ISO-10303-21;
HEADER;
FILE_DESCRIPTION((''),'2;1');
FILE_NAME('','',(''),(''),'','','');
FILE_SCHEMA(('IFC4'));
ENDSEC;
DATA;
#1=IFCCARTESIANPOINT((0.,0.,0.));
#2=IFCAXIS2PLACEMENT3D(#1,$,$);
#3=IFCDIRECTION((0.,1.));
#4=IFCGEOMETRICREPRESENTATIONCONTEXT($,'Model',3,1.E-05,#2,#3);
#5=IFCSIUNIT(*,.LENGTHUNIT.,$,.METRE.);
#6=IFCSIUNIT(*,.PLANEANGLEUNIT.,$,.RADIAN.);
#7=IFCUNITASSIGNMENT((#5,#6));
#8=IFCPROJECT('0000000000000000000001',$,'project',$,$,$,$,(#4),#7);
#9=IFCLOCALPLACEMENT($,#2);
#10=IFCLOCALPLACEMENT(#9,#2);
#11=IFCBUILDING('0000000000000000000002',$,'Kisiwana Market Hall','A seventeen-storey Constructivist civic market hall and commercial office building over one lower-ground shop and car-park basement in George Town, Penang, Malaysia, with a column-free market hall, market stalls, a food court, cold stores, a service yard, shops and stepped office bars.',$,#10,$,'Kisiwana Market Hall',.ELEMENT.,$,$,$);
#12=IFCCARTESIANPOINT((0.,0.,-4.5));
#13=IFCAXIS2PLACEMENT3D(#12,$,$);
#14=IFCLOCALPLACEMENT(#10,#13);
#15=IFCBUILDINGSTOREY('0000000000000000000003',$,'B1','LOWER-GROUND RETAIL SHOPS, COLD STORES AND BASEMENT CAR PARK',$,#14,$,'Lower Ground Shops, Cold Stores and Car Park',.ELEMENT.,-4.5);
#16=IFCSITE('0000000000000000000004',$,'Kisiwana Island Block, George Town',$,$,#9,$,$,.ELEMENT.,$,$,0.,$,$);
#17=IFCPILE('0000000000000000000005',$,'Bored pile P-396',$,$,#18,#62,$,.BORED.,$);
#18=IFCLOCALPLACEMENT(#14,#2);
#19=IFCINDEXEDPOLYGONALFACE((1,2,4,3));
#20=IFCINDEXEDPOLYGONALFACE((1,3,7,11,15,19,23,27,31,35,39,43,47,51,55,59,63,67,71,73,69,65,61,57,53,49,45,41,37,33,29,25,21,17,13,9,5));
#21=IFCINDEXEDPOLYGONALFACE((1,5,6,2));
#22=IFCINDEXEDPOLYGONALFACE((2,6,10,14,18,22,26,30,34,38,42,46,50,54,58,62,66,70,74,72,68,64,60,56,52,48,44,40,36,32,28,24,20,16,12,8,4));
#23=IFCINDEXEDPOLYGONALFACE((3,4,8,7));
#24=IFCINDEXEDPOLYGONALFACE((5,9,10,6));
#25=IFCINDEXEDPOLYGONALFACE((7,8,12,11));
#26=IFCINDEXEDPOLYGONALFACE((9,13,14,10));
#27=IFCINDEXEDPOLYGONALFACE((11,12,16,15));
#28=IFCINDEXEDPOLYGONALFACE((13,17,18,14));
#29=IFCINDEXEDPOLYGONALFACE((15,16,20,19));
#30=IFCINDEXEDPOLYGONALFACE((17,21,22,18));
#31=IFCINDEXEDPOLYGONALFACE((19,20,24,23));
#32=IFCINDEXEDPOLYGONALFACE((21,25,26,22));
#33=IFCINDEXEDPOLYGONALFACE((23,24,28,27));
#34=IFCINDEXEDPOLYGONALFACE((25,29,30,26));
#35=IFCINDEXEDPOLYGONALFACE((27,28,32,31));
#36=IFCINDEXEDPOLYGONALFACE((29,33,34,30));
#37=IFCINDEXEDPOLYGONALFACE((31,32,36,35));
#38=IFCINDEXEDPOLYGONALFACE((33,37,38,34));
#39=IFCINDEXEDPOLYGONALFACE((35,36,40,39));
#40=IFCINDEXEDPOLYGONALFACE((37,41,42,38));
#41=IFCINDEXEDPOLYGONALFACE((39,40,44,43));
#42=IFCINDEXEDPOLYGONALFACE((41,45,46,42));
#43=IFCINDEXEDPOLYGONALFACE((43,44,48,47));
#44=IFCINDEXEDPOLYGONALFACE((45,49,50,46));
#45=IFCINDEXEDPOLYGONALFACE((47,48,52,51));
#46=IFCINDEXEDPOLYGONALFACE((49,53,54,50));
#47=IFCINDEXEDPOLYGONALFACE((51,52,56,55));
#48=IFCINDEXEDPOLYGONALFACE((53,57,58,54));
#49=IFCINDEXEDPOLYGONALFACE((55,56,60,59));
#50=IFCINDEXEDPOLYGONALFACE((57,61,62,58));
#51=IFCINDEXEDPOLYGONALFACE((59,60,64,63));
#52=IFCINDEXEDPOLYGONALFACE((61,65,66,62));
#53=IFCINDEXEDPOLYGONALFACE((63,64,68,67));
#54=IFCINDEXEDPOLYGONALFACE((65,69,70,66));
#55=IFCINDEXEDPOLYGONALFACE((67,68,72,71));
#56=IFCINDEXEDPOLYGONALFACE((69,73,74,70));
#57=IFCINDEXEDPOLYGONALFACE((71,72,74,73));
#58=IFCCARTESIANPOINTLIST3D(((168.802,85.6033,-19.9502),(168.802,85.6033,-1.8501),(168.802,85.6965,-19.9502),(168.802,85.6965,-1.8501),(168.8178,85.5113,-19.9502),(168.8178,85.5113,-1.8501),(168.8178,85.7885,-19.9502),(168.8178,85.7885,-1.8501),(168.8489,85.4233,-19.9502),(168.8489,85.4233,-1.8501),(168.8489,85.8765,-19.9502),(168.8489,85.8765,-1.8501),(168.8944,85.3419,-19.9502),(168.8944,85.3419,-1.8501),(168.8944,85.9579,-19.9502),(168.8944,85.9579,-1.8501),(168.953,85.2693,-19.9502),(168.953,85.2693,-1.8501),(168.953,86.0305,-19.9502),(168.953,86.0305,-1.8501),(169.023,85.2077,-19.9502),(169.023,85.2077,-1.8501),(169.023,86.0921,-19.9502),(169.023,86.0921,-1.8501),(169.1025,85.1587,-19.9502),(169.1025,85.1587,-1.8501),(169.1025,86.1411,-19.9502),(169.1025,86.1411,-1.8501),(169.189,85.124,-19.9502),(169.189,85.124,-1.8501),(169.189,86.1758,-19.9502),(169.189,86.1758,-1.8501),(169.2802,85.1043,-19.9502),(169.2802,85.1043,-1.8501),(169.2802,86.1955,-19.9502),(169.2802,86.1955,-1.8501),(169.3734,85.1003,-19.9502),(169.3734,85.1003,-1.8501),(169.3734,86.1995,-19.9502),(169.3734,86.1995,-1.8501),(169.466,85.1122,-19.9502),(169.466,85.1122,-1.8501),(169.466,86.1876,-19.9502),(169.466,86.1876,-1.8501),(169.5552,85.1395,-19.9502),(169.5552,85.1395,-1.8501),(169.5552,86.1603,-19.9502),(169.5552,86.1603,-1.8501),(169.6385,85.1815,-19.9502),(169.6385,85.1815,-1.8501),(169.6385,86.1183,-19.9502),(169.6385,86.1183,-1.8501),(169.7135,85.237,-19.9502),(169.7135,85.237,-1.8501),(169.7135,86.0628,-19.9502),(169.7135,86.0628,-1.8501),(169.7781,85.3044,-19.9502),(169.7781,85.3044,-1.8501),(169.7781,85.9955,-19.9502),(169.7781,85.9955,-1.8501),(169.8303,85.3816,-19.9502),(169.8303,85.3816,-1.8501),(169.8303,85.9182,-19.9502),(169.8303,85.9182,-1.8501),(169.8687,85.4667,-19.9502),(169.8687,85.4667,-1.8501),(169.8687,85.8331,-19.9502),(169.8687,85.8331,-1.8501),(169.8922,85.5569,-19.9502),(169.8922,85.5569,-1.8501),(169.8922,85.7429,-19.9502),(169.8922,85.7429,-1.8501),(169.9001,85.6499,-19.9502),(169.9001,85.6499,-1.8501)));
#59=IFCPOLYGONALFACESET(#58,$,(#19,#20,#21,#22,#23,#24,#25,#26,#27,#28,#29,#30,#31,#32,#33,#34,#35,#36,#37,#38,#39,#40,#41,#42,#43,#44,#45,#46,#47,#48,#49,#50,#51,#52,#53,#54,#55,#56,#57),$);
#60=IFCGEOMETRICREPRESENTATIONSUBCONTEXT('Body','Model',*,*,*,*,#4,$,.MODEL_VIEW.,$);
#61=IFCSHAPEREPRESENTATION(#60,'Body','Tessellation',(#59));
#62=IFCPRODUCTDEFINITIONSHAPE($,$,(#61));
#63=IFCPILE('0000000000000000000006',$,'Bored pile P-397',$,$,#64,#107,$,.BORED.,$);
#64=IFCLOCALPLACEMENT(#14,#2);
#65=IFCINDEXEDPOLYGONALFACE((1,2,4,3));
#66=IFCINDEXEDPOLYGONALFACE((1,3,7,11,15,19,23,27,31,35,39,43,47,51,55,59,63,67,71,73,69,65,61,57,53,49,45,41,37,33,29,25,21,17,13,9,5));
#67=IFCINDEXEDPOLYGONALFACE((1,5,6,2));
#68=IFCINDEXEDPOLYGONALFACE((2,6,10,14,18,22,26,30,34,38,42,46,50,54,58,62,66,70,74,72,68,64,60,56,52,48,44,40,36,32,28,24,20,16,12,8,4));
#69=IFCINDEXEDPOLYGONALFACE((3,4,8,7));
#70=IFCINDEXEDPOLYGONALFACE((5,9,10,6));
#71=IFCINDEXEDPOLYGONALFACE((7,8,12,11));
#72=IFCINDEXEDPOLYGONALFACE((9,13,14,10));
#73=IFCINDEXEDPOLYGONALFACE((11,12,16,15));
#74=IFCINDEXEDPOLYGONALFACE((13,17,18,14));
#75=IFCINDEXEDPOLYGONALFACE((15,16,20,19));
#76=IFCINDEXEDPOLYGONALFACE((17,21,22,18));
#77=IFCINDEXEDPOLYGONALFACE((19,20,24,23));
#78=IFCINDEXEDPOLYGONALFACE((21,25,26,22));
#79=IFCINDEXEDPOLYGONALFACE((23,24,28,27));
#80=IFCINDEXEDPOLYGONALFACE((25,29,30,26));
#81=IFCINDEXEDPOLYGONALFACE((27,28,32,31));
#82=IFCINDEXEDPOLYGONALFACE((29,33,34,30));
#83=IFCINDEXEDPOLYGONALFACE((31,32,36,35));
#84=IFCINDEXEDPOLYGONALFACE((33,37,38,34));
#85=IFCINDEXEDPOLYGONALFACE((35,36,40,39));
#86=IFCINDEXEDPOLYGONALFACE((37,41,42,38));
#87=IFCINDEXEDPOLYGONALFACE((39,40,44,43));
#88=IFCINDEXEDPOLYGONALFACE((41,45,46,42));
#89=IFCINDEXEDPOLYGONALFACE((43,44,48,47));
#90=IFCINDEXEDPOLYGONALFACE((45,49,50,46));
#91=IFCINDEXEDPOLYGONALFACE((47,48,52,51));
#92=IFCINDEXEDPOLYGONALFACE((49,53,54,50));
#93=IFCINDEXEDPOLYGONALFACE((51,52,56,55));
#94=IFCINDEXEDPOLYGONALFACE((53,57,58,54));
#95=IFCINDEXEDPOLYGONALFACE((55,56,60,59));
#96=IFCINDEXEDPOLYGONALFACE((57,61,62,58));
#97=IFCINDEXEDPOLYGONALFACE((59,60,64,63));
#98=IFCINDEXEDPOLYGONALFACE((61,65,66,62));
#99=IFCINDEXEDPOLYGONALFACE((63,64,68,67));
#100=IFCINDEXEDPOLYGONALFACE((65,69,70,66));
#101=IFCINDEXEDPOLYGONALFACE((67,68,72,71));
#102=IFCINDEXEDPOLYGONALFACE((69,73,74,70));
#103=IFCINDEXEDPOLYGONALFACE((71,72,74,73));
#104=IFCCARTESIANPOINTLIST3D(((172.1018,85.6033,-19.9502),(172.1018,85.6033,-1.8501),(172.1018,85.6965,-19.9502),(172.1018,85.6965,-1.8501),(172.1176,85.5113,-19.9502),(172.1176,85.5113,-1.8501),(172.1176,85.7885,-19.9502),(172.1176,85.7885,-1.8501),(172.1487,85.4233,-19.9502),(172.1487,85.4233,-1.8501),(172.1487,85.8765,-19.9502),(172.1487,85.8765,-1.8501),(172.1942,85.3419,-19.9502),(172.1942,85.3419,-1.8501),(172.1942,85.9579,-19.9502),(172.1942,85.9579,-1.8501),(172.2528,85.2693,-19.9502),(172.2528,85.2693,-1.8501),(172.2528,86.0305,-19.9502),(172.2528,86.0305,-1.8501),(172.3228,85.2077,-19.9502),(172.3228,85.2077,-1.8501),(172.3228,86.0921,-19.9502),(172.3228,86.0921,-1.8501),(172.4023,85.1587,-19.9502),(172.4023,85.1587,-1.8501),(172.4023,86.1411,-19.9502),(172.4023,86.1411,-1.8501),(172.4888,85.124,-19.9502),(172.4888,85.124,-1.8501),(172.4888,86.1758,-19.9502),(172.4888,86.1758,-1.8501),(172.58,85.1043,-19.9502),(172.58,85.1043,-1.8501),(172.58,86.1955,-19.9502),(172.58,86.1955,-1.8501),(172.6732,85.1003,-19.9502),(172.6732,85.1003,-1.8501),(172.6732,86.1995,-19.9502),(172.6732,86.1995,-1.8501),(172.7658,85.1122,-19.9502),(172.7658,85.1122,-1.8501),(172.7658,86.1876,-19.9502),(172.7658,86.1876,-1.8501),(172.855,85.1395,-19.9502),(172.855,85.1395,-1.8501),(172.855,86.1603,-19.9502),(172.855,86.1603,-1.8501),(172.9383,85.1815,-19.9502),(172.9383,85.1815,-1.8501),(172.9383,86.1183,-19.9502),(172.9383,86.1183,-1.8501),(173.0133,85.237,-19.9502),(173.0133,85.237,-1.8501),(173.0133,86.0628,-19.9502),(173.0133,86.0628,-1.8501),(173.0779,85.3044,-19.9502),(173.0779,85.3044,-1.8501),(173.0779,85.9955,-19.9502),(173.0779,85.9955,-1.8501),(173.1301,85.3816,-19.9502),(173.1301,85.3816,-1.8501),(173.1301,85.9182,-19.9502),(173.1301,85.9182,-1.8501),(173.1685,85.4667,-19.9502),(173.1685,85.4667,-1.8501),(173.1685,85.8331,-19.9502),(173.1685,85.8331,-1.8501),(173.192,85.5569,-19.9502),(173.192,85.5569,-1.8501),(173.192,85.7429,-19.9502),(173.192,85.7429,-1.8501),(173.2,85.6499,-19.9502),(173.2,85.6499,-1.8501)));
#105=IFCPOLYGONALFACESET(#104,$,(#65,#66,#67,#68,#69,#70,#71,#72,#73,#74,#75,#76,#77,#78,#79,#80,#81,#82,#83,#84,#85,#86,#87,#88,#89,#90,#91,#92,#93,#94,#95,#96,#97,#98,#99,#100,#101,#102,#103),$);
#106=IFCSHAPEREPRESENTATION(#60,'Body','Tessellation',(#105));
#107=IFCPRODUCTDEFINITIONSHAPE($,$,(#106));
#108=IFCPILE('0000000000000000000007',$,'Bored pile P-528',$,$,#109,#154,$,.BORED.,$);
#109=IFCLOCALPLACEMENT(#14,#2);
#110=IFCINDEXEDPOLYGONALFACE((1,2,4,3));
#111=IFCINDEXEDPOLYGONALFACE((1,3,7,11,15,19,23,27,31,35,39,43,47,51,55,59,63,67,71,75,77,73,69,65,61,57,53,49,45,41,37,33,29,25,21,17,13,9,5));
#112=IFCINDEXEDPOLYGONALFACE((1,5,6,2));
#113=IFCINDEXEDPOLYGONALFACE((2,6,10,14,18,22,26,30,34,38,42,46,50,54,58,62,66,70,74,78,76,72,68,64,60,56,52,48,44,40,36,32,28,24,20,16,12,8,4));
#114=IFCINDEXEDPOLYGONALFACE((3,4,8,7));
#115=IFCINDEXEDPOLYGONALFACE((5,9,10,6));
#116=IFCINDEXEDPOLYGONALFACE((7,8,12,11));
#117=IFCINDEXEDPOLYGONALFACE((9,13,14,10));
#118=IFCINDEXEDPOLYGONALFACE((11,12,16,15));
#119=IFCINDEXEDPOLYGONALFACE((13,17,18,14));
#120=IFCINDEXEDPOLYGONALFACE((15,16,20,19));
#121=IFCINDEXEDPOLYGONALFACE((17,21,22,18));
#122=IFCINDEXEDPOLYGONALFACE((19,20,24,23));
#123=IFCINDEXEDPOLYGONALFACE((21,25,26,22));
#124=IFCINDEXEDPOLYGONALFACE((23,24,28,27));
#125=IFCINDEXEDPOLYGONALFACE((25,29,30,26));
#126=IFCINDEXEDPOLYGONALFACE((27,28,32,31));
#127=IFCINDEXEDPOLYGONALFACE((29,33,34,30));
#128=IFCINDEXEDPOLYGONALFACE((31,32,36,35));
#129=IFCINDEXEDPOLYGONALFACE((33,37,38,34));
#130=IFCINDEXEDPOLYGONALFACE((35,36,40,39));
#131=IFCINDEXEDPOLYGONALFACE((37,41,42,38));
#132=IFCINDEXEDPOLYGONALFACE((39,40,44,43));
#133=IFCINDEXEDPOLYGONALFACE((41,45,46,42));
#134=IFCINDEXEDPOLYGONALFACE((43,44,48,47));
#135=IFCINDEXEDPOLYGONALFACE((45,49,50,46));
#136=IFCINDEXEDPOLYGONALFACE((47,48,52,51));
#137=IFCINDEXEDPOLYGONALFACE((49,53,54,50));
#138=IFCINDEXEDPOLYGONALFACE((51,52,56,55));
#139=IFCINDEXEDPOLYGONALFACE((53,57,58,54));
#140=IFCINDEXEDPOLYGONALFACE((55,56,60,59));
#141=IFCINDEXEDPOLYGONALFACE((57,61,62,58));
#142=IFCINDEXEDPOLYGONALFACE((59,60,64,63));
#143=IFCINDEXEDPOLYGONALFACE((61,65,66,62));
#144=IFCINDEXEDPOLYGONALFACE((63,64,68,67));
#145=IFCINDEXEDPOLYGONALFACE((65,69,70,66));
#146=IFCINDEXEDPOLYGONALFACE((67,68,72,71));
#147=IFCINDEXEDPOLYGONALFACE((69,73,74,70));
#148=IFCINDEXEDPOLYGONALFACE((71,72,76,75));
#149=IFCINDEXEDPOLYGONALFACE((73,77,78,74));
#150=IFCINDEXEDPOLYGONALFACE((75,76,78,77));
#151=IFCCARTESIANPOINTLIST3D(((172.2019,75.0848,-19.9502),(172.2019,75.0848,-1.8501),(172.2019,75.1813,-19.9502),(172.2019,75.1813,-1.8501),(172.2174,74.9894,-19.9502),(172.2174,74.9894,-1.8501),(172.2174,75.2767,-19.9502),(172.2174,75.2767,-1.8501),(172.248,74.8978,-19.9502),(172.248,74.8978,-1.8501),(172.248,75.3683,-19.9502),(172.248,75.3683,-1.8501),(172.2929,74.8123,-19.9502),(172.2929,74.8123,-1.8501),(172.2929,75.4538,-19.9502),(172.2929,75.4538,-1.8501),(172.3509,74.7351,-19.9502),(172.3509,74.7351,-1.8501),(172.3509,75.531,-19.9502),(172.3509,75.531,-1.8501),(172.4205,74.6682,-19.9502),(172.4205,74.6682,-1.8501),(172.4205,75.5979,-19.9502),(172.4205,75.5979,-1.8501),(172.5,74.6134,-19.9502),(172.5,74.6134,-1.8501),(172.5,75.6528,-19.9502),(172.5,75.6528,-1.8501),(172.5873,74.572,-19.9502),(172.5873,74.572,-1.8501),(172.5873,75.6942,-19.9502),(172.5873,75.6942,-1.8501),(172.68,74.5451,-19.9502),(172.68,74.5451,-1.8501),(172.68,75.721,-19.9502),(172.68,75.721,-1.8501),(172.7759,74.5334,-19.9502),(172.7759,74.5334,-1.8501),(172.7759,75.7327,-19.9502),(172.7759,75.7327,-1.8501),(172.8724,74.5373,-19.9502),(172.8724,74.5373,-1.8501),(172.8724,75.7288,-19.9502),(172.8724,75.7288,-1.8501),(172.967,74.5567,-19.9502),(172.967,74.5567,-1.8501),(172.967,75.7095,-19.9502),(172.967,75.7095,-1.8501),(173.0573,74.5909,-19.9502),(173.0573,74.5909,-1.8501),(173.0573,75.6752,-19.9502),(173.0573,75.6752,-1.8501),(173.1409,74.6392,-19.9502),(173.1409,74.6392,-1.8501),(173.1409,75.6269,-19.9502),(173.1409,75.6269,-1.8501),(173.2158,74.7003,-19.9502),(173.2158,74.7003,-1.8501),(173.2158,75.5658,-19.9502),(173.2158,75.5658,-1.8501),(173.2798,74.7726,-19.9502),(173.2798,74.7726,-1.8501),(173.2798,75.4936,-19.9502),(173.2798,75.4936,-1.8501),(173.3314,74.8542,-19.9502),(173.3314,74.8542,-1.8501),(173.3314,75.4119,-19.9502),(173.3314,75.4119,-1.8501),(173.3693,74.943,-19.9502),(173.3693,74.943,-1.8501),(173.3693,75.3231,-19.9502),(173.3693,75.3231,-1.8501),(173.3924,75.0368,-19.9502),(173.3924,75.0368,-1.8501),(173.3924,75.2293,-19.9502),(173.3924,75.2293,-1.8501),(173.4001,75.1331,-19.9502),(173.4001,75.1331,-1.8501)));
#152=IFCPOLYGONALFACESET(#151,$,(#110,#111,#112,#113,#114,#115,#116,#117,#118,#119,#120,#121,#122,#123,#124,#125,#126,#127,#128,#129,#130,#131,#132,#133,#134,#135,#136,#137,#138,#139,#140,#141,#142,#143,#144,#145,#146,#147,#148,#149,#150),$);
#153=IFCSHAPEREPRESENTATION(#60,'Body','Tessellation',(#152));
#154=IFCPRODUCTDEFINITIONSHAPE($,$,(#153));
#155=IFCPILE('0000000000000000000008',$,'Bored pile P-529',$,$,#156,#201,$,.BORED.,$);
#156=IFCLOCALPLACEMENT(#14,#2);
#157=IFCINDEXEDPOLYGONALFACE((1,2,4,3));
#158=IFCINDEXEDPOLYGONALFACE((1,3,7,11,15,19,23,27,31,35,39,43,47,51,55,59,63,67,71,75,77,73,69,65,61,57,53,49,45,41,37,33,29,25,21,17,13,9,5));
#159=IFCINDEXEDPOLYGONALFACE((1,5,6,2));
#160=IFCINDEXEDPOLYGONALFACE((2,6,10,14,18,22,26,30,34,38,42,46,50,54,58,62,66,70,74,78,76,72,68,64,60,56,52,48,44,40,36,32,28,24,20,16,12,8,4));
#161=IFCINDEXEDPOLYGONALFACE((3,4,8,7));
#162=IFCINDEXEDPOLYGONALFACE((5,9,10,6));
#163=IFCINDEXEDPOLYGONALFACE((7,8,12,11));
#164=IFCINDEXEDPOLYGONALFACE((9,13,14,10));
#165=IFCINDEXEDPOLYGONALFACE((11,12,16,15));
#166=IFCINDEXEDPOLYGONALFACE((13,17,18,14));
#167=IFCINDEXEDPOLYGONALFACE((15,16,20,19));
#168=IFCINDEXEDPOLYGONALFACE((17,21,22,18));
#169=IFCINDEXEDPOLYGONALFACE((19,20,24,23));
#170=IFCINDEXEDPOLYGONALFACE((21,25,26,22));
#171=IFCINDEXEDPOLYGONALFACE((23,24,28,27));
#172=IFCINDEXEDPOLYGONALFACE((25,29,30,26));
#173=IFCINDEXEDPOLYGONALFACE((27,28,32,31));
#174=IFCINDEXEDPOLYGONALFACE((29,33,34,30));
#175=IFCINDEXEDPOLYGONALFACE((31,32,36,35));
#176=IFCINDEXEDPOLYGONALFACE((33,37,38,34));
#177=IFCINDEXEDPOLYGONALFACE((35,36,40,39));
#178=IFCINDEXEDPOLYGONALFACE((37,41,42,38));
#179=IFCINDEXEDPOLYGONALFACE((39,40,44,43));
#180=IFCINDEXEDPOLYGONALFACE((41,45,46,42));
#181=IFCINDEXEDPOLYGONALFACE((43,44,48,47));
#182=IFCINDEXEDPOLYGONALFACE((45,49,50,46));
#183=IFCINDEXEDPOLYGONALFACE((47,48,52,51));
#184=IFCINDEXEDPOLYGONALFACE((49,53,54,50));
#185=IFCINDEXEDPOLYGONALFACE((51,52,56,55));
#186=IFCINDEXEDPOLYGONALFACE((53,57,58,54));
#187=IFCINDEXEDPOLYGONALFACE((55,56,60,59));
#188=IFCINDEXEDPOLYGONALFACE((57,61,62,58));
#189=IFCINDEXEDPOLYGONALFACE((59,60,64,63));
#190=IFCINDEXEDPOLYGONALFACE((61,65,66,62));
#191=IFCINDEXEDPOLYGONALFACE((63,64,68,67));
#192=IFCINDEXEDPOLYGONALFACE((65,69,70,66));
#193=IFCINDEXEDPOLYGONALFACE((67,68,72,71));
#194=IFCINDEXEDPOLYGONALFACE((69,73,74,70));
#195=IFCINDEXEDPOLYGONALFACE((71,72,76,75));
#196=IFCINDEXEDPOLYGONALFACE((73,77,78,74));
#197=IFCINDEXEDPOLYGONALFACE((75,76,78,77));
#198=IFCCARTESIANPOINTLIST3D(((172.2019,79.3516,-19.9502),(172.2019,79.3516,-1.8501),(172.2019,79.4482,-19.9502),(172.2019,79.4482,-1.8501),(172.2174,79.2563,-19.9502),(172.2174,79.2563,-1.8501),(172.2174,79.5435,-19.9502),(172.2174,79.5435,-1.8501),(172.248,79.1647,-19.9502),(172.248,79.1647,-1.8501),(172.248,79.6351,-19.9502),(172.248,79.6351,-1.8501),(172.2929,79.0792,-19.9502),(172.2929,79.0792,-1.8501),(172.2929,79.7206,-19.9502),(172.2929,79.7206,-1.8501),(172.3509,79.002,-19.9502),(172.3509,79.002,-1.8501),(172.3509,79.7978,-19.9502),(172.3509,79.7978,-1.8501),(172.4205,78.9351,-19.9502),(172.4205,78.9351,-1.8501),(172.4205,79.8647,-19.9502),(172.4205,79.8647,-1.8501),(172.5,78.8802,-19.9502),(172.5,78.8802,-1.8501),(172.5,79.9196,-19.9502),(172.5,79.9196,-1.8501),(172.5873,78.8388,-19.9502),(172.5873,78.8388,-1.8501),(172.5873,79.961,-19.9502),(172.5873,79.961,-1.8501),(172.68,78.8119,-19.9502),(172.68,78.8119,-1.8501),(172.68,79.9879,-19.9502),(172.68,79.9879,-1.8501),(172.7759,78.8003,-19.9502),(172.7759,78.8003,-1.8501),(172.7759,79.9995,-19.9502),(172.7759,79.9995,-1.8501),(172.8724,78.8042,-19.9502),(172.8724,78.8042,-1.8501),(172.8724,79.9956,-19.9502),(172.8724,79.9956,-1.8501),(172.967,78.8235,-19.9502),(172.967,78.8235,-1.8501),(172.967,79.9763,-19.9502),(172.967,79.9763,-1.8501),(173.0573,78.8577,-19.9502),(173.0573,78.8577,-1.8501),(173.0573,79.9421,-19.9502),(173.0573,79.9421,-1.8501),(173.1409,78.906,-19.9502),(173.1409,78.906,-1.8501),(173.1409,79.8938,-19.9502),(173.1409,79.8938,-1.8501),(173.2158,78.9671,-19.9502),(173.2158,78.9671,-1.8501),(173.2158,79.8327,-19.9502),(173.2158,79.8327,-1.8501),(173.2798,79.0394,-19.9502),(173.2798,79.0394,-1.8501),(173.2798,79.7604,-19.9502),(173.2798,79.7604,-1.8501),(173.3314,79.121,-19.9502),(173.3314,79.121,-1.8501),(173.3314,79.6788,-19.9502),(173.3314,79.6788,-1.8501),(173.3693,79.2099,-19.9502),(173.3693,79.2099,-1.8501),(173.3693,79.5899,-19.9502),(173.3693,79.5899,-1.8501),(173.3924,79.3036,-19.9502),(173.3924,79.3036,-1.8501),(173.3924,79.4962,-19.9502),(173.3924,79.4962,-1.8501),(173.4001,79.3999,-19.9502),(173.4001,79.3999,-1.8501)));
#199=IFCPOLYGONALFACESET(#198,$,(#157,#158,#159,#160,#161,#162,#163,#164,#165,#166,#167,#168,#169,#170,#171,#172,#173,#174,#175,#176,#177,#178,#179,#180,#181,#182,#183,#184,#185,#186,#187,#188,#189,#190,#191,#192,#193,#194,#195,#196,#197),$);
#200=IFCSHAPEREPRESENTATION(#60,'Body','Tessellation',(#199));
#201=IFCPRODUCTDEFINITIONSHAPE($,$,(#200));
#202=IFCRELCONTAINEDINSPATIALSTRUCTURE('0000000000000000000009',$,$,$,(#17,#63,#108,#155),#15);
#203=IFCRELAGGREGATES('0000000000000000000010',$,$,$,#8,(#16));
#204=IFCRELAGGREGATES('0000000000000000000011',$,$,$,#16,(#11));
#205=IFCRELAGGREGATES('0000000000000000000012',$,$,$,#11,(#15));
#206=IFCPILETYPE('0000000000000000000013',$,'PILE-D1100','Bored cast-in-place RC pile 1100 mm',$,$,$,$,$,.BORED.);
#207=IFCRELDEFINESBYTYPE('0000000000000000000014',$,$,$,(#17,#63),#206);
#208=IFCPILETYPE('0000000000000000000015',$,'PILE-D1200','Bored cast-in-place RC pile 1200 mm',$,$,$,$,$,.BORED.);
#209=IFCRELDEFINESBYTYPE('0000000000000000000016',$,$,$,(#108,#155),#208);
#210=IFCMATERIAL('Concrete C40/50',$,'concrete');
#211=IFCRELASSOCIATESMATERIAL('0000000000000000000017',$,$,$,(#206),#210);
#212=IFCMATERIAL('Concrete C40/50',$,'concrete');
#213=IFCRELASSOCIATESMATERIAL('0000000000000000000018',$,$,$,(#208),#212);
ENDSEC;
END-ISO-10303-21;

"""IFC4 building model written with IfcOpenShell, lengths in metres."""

from ifc_helpers import new_model, si_unit, direction, frame, origin, origin_2d, place, context, subcontext, project, spatial, circle, extrude, material, material_profile, profile_set, type_object, element, save


model = new_model("IFC4")

# Units and contexts
model_context = context("Model", 3, precision=1e-05, world=origin(), true_north=direction((0.0, 1.0)))
body_context = subcontext(model_context, "Body", "Model", "MODEL_VIEW")
ifc_project = project(units=[si_unit("LENGTHUNIT", "METRE"), si_unit("PLANEANGLEUNIT", "RADIAN")], contexts=[model_context])

# Site, building, storey
site_placement = place(None, origin())
site = spatial("IfcSite", under=ifc_project, at=site_placement, Name="Kisiwana Island Block, George Town", CompositionType="ELEMENT", RefElevation=0.0)
building_placement = place(site_placement, origin())
building = spatial("IfcBuilding", under=site, at=building_placement, Name="Kisiwana Market Hall", Description="A seventeen-storey Constructivist civic market hall and commercial office building over one lower-ground shop and car-park basement in George Town, Penang, Malaysia, with a column-free market hall, market stalls, a food court, cold stores, a service yard, shops and stepped office bars.", LongName="Kisiwana Market Hall", CompositionType="ELEMENT")
storey_placement = place(building_placement, frame((0.0, 0.0, -4.5)))
storey = spatial("IfcBuildingStorey", under=building, at=storey_placement, Name="B1", Description="LOWER-GROUND RETAIL SHOPS, COLD STORES AND BASEMENT CAR PARK", LongName="Lower Ground Shops, Cold Stores and Car Park", CompositionType="ELEMENT", Elevation=-4.5)

# Piles
ifc_material_1 = material(Name="Concrete C40/50", Category="concrete")
ifc_material_profile_1 = material_profile(ifc_material_1, circle(Radius=0.55, at=origin_2d()), Name="BP D1100")
ifc_profile_set_1 = profile_set([ifc_material_profile_1], Name="Concrete C40/50")
pile_type_1 = type_object("IfcPileType", Name="PILE-D1100", Description="Bored cast-in-place RC pile 1100 mm", PredefinedType="BORED", material=ifc_profile_set_1)
for number, where, z_axis, x_axis, name in (
    (1, (169.3501, 85.6499, -1.8501), (0.0, 0.0, -1.0), (1.0, 0.0, 0.0), "Bored pile P-396"),
    (2, (172.6499, 85.6499, -1.8501), (0.0, 0.0, -1.0), (1.0, 0.0, 0.0), "Bored pile P-397"),
):
    element("IfcPile", number, at=place(storey_placement, frame(where, z_axis=z_axis, x_axis=x_axis)), inside=storey, type_object=pile_type_1, Name=name, PredefinedType="BORED", context=body_context, shape_type="SweptSolid", body=[
        extrude(circle(Radius=0.55, at=origin_2d()), origin(), (0.0, 0.0, 1.0), 18.1001),
    ])
ifc_material_2 = material(Name="Concrete C40/50", Category="concrete")
ifc_material_profile_2 = material_profile(ifc_material_2, circle(Radius=0.6001, at=origin_2d()), Name="BP D1200")
ifc_profile_set_2 = profile_set([ifc_material_profile_2], Name="Concrete C40/50")
pile_type_2 = type_object("IfcPileType", Name="PILE-D1200", Description="Bored cast-in-place RC pile 1200 mm", PredefinedType="BORED", material=ifc_profile_set_2)
for number, where, z_axis, x_axis, name in (
    (3, (172.8, 75.1331, -1.8501), (0.0, 0.0, -1.0), (1.0, 0.0, 0.0), "Bored pile P-528"),
    (4, (172.8, 79.3999, -1.8501), (0.0, 0.0, -1.0), (1.0, 0.0, 0.0), "Bored pile P-529"),
):
    element("IfcPile", number, at=place(storey_placement, frame(where, z_axis=z_axis, x_axis=x_axis)), inside=storey, type_object=pile_type_2, Name=name, PredefinedType="BORED", context=body_context, shape_type="SweptSolid", body=[
        extrude(circle(Radius=0.6001, at=origin_2d()), origin(), (0.0, 0.0, 1.0), 18.1001),
    ])

save(model, "model.ifc")
